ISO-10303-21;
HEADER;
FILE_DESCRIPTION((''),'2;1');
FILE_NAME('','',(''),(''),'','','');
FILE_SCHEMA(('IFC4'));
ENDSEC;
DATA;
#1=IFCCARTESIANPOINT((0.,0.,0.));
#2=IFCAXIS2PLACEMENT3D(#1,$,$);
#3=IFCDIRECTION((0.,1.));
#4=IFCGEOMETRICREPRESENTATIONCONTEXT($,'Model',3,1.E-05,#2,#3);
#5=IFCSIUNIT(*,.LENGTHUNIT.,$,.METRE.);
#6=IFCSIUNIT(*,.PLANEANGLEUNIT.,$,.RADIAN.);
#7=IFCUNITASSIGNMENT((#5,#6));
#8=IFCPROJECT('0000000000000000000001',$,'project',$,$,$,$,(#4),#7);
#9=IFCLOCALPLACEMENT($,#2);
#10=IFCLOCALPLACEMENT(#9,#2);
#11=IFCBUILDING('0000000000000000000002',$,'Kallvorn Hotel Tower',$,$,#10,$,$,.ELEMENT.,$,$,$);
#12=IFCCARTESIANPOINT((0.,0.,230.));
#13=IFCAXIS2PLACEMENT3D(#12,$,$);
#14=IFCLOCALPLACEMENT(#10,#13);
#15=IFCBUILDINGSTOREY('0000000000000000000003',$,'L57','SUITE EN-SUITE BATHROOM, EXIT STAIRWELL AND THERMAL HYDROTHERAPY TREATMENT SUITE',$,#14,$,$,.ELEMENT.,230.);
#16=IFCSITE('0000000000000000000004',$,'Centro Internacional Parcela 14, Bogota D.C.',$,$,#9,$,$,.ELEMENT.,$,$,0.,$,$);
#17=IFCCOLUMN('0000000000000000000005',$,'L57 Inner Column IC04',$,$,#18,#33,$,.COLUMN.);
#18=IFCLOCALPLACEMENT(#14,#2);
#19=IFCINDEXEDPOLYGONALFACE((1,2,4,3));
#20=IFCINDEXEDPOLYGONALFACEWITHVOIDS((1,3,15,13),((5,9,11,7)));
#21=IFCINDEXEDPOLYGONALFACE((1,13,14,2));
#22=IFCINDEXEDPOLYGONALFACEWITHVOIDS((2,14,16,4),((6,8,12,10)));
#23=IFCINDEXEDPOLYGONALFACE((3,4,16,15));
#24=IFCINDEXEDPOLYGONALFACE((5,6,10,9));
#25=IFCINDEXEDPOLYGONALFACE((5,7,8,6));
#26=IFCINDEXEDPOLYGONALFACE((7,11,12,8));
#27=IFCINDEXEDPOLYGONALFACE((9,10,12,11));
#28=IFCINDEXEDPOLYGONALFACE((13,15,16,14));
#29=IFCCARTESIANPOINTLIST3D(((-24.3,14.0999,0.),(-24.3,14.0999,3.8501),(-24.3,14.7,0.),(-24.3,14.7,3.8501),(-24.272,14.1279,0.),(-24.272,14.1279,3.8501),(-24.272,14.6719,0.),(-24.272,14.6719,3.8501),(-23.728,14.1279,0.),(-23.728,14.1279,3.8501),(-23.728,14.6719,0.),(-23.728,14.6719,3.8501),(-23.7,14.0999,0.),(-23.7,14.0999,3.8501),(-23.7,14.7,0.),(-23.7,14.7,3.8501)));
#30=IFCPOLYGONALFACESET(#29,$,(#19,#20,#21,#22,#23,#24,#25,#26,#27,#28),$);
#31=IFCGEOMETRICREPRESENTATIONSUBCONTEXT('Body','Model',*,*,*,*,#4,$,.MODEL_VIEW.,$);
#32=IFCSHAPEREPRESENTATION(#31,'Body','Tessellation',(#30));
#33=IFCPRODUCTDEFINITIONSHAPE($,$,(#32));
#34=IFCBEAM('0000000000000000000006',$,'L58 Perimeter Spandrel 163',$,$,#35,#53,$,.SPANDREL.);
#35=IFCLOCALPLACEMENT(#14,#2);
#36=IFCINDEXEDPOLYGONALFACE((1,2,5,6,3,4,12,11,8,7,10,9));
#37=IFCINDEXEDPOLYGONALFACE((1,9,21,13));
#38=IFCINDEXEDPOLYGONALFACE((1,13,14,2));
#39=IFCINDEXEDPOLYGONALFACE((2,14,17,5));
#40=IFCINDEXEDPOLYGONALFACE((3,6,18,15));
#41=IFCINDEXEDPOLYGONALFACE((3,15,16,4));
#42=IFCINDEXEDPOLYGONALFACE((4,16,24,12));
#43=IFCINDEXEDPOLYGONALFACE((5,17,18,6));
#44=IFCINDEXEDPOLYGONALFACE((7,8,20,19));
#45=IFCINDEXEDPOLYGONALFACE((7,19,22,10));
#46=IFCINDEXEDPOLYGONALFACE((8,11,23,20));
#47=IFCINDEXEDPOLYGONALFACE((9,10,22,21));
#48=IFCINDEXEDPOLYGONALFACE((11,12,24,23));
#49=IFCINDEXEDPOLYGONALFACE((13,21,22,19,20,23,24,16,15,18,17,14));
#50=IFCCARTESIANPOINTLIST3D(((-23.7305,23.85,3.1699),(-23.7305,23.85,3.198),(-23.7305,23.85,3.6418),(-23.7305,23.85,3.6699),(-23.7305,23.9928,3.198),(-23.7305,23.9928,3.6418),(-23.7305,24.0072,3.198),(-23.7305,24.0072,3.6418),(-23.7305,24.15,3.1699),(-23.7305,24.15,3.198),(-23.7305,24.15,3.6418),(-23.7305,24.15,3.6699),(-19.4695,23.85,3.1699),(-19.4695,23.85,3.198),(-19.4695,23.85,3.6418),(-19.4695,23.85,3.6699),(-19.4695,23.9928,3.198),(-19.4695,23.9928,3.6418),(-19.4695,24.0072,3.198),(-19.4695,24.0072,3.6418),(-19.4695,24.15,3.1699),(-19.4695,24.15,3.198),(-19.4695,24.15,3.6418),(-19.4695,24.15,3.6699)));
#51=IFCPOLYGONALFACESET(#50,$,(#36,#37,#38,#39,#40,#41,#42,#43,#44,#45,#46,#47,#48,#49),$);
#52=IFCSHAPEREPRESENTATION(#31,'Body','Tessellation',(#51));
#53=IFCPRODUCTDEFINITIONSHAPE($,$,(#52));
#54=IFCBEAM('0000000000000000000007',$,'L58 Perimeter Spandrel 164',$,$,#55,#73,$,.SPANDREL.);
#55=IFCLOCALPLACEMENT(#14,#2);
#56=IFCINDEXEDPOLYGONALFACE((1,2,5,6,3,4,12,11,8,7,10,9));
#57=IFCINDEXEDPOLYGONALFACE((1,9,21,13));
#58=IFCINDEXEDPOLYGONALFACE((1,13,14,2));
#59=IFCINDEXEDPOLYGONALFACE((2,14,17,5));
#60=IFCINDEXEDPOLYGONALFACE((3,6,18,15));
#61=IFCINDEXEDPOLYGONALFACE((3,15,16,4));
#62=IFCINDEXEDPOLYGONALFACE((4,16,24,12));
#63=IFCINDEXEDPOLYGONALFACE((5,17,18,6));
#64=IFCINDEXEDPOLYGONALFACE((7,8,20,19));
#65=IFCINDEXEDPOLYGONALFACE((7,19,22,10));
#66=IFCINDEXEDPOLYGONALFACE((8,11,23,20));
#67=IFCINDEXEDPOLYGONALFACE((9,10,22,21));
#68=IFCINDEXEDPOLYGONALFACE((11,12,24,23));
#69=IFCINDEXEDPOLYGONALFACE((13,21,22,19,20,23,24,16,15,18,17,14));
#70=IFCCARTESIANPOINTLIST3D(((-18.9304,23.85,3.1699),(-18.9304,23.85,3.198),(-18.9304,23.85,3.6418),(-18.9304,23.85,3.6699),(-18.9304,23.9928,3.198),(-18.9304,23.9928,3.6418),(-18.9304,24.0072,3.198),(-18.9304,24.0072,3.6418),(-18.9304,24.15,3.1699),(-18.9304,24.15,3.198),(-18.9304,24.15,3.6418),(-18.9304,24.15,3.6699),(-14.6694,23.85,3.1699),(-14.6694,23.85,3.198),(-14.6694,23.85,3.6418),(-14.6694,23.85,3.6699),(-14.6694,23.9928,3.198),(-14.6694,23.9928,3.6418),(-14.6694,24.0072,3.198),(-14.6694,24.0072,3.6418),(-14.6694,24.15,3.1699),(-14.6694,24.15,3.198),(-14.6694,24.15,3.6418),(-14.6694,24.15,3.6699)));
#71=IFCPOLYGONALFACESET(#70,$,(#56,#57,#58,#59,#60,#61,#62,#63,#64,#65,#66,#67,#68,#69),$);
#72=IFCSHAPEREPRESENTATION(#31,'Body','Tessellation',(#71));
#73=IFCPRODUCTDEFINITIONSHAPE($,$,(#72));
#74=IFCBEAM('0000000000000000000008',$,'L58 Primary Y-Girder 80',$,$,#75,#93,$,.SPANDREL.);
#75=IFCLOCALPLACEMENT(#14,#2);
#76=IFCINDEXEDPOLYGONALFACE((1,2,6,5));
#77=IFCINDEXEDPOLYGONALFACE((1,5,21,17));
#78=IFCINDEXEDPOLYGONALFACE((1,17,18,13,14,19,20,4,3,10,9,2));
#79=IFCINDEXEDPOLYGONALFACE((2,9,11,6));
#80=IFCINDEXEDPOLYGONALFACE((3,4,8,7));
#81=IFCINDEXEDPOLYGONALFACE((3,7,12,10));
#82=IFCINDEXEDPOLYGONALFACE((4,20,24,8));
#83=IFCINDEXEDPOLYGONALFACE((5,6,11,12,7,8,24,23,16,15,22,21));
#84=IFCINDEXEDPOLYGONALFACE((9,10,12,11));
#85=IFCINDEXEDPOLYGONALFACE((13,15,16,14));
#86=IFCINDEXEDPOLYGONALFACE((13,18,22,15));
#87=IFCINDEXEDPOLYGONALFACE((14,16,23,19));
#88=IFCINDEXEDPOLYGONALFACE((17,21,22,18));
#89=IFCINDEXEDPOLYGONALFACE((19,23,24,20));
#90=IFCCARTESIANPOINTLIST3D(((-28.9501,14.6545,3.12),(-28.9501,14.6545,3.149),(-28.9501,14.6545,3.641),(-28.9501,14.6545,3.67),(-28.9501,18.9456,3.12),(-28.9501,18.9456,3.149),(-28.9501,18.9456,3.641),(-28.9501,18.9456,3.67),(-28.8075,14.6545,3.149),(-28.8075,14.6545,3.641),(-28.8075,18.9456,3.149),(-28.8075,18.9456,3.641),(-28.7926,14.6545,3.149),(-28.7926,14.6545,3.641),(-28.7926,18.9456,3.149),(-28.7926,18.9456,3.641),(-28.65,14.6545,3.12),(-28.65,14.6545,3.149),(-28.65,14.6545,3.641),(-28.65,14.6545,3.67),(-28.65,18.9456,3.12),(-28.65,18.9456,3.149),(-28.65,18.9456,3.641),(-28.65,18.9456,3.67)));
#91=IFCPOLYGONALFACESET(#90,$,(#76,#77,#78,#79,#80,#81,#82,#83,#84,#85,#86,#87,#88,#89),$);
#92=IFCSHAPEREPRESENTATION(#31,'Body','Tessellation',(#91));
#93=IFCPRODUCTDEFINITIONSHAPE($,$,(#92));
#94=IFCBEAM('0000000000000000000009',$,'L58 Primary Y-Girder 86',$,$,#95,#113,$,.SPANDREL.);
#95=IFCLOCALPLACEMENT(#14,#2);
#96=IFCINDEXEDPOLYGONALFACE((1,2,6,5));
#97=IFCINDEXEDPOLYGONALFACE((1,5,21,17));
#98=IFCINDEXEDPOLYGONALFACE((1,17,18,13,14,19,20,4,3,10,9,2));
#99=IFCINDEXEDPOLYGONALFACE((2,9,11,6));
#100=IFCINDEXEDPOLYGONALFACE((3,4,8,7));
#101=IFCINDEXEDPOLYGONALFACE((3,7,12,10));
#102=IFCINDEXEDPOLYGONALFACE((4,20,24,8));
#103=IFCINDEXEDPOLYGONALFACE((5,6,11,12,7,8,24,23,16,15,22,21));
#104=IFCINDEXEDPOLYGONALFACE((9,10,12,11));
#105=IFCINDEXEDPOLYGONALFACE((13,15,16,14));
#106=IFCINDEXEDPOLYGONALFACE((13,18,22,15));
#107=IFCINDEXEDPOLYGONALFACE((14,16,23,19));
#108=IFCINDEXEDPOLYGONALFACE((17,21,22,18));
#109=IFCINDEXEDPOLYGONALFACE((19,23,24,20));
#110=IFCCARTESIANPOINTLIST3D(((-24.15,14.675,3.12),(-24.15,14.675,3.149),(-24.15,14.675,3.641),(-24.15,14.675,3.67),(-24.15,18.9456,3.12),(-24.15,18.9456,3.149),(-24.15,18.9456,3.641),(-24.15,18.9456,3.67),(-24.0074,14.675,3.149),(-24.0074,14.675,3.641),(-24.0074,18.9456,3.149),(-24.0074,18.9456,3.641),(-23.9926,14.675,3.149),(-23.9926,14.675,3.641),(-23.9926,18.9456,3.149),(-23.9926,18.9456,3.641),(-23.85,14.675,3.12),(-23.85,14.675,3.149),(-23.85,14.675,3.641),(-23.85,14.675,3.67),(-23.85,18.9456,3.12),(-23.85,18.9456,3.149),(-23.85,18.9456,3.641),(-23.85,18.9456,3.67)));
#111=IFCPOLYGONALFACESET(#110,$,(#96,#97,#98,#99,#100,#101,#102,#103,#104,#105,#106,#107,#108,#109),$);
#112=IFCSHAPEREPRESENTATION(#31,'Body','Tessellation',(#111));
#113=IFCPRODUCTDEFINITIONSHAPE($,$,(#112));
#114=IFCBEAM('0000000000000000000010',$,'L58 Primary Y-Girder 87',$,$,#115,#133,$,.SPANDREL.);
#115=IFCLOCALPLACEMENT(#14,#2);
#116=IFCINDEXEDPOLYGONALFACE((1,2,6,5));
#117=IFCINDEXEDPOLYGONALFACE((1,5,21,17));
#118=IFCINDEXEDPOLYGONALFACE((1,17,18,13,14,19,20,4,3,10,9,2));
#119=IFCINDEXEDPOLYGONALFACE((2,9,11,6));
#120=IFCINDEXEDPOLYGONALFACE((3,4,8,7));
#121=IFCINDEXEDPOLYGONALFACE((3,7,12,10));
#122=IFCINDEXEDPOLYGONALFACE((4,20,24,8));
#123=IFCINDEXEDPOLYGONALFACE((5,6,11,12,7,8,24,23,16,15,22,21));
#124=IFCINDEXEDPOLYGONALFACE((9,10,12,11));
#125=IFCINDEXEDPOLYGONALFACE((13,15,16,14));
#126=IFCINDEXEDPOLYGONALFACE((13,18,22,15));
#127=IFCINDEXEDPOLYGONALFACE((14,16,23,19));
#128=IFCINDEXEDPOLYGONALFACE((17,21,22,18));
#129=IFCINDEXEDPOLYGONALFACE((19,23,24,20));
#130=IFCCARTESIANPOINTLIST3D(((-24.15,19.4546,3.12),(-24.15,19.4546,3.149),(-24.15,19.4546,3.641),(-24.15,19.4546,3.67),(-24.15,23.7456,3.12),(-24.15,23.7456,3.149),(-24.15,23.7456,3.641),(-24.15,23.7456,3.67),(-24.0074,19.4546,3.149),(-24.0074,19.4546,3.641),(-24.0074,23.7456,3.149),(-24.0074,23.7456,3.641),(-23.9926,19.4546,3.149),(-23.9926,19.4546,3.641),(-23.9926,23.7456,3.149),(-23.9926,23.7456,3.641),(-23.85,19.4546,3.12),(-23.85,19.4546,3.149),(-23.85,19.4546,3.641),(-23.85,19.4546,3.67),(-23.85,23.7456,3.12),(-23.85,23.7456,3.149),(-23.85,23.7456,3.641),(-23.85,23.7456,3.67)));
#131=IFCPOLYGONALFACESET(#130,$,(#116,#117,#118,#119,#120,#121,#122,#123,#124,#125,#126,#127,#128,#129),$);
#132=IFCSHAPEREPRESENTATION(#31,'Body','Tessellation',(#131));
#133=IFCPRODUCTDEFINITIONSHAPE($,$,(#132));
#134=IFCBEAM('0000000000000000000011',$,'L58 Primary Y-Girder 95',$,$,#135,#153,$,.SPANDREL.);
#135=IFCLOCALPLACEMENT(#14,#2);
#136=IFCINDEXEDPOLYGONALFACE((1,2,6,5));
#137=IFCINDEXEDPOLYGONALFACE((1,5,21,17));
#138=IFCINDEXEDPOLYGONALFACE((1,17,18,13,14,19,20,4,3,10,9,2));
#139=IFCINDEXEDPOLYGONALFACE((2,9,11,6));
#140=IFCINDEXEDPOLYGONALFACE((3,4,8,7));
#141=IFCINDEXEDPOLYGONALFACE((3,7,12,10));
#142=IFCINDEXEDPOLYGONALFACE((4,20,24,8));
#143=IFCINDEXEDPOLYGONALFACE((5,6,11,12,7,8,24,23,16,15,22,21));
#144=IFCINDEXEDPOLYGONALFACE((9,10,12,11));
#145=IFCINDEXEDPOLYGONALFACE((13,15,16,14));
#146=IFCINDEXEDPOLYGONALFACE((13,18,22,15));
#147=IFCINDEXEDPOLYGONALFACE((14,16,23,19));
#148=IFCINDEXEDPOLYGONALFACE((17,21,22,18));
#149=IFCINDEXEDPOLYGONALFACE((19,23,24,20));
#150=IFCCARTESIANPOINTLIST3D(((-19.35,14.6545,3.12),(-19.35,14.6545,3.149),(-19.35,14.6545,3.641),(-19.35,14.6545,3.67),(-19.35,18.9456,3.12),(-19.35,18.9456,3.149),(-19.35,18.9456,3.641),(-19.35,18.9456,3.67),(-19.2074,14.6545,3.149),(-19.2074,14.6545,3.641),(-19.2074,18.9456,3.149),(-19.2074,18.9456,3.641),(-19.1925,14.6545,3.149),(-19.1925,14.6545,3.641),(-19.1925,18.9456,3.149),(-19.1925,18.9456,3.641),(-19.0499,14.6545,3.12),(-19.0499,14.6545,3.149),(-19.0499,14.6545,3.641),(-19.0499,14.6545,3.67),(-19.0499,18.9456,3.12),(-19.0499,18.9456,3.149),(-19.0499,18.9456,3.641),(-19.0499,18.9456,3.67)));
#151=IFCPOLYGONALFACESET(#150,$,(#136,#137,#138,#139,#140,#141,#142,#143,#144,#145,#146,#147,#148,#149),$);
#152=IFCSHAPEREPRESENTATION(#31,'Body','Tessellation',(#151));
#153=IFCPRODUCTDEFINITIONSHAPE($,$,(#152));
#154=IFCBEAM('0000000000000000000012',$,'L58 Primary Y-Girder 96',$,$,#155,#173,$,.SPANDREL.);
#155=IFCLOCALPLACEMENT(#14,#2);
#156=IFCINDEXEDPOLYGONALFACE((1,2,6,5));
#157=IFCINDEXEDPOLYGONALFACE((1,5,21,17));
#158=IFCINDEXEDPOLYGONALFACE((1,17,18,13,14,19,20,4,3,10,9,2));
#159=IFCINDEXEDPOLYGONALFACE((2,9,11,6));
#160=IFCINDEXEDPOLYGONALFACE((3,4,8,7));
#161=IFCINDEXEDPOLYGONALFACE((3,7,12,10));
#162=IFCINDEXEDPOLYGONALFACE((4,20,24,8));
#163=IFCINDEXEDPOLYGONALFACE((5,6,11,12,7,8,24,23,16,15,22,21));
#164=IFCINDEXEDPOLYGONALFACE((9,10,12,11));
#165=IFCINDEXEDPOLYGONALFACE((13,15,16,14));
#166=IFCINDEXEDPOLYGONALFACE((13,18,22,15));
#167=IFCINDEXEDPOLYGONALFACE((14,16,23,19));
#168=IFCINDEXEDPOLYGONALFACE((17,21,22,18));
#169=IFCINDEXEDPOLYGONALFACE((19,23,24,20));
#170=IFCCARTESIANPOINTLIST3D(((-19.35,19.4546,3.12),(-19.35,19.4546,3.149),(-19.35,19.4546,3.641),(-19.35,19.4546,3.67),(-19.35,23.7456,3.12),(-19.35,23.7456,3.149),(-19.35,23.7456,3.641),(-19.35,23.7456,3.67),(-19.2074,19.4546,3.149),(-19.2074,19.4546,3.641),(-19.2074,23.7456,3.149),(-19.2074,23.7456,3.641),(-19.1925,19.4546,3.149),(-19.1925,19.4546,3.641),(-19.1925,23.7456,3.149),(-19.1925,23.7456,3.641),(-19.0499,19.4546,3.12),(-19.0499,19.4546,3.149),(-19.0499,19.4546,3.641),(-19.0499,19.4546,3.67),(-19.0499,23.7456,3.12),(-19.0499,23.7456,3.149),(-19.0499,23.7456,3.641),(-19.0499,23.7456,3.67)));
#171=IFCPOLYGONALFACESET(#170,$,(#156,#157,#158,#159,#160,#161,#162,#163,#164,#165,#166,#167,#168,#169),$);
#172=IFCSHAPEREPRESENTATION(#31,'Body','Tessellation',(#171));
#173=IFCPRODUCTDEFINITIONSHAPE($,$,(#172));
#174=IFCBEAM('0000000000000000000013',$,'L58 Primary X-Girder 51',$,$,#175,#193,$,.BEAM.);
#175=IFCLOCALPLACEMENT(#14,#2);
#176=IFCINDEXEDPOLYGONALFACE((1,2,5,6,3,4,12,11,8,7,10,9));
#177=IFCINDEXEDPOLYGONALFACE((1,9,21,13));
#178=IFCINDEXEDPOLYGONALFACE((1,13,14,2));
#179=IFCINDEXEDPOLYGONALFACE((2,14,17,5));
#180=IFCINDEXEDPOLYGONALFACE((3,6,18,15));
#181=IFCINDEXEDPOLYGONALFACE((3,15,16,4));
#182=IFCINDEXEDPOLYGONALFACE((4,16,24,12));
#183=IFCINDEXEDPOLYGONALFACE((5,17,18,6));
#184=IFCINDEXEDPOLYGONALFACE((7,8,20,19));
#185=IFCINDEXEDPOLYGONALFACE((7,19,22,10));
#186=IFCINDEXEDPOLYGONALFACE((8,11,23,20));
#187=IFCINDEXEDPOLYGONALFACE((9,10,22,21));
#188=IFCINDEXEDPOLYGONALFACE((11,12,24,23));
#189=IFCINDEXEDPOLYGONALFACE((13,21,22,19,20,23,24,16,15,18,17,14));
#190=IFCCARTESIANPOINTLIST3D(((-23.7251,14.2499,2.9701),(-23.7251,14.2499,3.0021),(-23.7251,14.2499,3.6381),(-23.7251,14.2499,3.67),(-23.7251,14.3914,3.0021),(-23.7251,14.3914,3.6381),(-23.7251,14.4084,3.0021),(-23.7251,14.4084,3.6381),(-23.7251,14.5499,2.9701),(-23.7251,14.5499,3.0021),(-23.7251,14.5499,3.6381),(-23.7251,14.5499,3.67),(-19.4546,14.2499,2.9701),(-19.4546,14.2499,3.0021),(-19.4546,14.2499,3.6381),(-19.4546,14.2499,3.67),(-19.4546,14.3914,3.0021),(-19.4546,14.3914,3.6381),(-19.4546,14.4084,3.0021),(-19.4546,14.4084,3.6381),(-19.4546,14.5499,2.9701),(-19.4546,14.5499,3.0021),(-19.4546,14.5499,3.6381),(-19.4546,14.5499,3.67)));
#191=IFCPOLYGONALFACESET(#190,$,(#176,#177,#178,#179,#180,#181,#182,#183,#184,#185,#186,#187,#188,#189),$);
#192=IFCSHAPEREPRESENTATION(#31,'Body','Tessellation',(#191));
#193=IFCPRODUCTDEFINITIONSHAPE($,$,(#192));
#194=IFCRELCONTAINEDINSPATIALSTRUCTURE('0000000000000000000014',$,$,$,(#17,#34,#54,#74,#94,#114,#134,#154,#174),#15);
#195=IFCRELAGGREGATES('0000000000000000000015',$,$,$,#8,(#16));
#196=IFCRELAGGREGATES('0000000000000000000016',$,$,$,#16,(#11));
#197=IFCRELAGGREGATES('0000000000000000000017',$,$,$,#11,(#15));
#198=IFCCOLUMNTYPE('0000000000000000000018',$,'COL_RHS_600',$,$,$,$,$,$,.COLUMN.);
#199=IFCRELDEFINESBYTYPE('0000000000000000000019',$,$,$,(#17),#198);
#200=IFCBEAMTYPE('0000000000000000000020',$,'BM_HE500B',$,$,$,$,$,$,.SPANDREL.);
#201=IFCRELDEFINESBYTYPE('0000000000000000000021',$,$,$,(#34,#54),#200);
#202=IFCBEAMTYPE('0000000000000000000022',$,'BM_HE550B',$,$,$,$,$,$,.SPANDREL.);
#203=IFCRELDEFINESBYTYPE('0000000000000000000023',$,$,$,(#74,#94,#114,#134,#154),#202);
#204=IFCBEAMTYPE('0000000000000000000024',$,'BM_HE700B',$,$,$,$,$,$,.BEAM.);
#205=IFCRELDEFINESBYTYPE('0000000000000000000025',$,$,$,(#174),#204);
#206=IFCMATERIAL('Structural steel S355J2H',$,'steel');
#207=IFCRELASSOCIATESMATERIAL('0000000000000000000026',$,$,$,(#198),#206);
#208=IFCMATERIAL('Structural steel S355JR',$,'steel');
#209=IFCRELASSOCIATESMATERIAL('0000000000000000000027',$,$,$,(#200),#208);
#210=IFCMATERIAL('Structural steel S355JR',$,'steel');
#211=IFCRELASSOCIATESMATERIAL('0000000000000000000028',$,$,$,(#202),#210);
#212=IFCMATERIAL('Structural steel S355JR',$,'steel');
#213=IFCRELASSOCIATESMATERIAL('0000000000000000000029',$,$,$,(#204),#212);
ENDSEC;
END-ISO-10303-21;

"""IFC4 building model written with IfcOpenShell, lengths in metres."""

from ifc_helpers import new_model, si_unit, direction, frame, origin, origin_2d, place, context, subcontext, project, spatial, hollow_rectangle, i_section, extrude, material, material_profile, profile_set, type_object, element, save


model = new_model("IFC4")

# Units and contexts
model_context = context("Model", 3, precision=1e-05, world=origin(), true_north=direction((0.0, 1.0)))
body_context = subcontext(model_context, "Body", "Model", "MODEL_VIEW")
ifc_project = project(units=[si_unit("LENGTHUNIT", "METRE"), si_unit("PLANEANGLEUNIT", "RADIAN")], contexts=[model_context])

# Site, building, storey
site_placement = place(None, origin())
site = spatial("IfcSite", under=ifc_project, at=site_placement, Name="Centro Internacional Parcela 14, Bogota D.C.", CompositionType="ELEMENT", RefElevation=0.0)
building_placement = place(site_placement, origin())
building = spatial("IfcBuilding", under=site, at=building_placement, Name="Kallvorn Hotel Tower", CompositionType="ELEMENT")
storey_placement = place(building_placement, frame((0.0, 0.0, 230.0)))
storey = spatial("IfcBuildingStorey", under=building, at=storey_placement, Name="L57", Description="SUITE EN-SUITE BATHROOM, EXIT STAIRWELL AND THERMAL HYDROTHERAPY TREATMENT SUITE", CompositionType="ELEMENT", Elevation=230.0)

# Column
ifc_material_1 = material(Name="Structural steel S355J2H", Category="steel")
ifc_material_profile_1 = material_profile(ifc_material_1, hollow_rectangle(XDim=0.6001, YDim=0.6001, WallThickness=0.0281, at=origin_2d()), Name="RHS 600x600x28")
ifc_profile_set_1 = profile_set([ifc_material_profile_1], Name="Structural steel S355J2H")
column_type_1 = type_object("IfcColumnType", Name="COL_RHS_600", PredefinedType="COLUMN", material=ifc_profile_set_1)
column_placement = place(storey_placement, frame((-24.0, 14.3999, 0.0), z_axis=(0.0, 0.0, 1.0), x_axis=(1.0, 0.0, 0.0)))
element("IfcColumn", 1, at=column_placement, inside=storey, type_object=column_type_1, Name="L57 Inner Column IC04", PredefinedType="COLUMN", context=body_context, shape_type="SweptSolid", body=[
    extrude(hollow_rectangle(XDim=0.6001, YDim=0.6001, WallThickness=0.0281, at=origin_2d()), origin(), (0.0, 0.0, 1.0), 3.8501),
])

# Beams
ifc_material_2 = material(Name="Structural steel S355JR", Category="steel")
ifc_material_profile_2 = material_profile(ifc_material_2, i_section(OverallWidth=0.3, OverallDepth=0.5, WebThickness=0.0144, FlangeThickness=0.0281, at=origin_2d()), Name="HE 500 B")
ifc_profile_set_2 = profile_set([ifc_material_profile_2], Name="Structural steel S355JR")
beam_type_1 = type_object("IfcBeamType", Name="BM_HE500B", PredefinedType="SPANDREL", material=ifc_profile_set_2)
for number, where, z_axis, x_axis, name in (
    (2, (-23.7305, 24.0, 3.4199), (1.0, 0.0, 0.0), (0.0, 1.0, 0.0), "L58 Perimeter Spandrel 163"),
    (3, (-18.9304, 24.0, 3.4199), (1.0, 0.0, 0.0), (0.0, 1.0, 0.0), "L58 Perimeter Spandrel 164"),
):
    element("IfcBeam", number, at=place(storey_placement, frame(where, z_axis=z_axis, x_axis=x_axis)), inside=storey, type_object=beam_type_1, Name=name, PredefinedType="SPANDREL", context=body_context, shape_type="SweptSolid", body=[
        extrude(i_section(OverallWidth=0.3, OverallDepth=0.5, WebThickness=0.0144, FlangeThickness=0.0281, at=origin_2d()), origin(), (0.0, 0.0, 1.0), 4.261),
    ])
ifc_material_3 = material(Name="Structural steel S355JR", Category="steel")
ifc_material_profile_3 = material_profile(ifc_material_3, i_section(OverallWidth=0.3, OverallDepth=0.55, WebThickness=0.0149, FlangeThickness=0.0291, at=origin_2d()), Name="HE 550 B")
ifc_profile_set_3 = profile_set([ifc_material_profile_3], Name="Structural steel S355JR")
beam_type_2 = type_object("IfcBeamType", Name="BM_HE550B", PredefinedType="SPANDREL", material=ifc_profile_set_3)
beam_1_placement = place(storey_placement, frame((-28.8, 14.6545, 3.395), z_axis=(0.0, 1.0, 0.0), x_axis=(-1.0, 0.0, 0.0)))
element("IfcBeam", 4, at=beam_1_placement, inside=storey, type_object=beam_type_2, Name="L58 Primary Y-Girder 80", PredefinedType="SPANDREL", context=body_context, shape_type="SweptSolid", body=[
    extrude(i_section(OverallWidth=0.3, OverallDepth=0.55, WebThickness=0.0149, FlangeThickness=0.0291, at=origin_2d()), origin(), (0.0, 0.0, 1.0), 4.291),
])
beam_2_placement = place(storey_placement, frame((-24.0, 14.675, 3.395), z_axis=(0.0, 1.0, 0.0), x_axis=(-1.0, 0.0, 0.0)))
element("IfcBeam", 5, at=beam_2_placement, inside=storey, type_object=beam_type_2, Name="L58 Primary Y-Girder 86", PredefinedType="SPANDREL", context=body_context, shape_type="SweptSolid", body=[
    extrude(i_section(OverallWidth=0.3, OverallDepth=0.55, WebThickness=0.0149, FlangeThickness=0.0291, at=origin_2d()), origin(), (0.0, 0.0, 1.0), 4.2705),
])
for number, where, z_axis, x_axis, name in (
    (6, (-24.0, 19.4546, 3.395), (0.0, 1.0, 0.0), (-1.0, 0.0, 0.0), "L58 Primary Y-Girder 87"),
    (7, (-19.2, 14.6545, 3.395), (0.0, 1.0, 0.0), (-1.0, 0.0, 0.0), "L58 Primary Y-Girder 95"),
    (8, (-19.2, 19.4546, 3.395), (0.0, 1.0, 0.0), (-1.0, 0.0, 0.0), "L58 Primary Y-Girder 96"),
):
    element("IfcBeam", number, at=place(storey_placement, frame(where, z_axis=z_axis, x_axis=x_axis)), inside=storey, type_object=beam_type_2, Name=name, PredefinedType="SPANDREL", context=body_context, shape_type="SweptSolid", body=[
        extrude(i_section(OverallWidth=0.3, OverallDepth=0.55, WebThickness=0.0149, FlangeThickness=0.0291, at=origin_2d()), origin(), (0.0, 0.0, 1.0), 4.291),
    ])
ifc_material_4 = material(Name="Structural steel S355JR", Category="steel")
ifc_material_profile_4 = material_profile(ifc_material_4, i_section(OverallWidth=0.3, OverallDepth=0.7, WebThickness=0.0171, FlangeThickness=0.032, at=origin_2d()), Name="HE 700 B")
ifc_profile_set_4 = profile_set([ifc_material_profile_4], Name="Structural steel S355JR")
beam_type_3 = type_object("IfcBeamType", Name="BM_HE700B", PredefinedType="BEAM", material=ifc_profile_set_4)
for number, where, z_axis, x_axis, name in (
    (9, (-23.7251, 14.3999, 3.3201), (1.0, 0.0, 0.0), (0.0, 1.0, 0.0), "L58 Primary X-Girder 51"),
):
    element("IfcBeam", number, at=place(storey_placement, frame(where, z_axis=z_axis, x_axis=x_axis)), inside=storey, type_object=beam_type_3, Name=name, PredefinedType="BEAM", context=body_context, shape_type="SweptSolid", body=[
        extrude(i_section(OverallWidth=0.3, OverallDepth=0.7, WebThickness=0.0171, FlangeThickness=0.032, at=origin_2d()), origin(), (0.0, 0.0, 1.0), 4.2705),
    ])

save(model, "model.ifc")
